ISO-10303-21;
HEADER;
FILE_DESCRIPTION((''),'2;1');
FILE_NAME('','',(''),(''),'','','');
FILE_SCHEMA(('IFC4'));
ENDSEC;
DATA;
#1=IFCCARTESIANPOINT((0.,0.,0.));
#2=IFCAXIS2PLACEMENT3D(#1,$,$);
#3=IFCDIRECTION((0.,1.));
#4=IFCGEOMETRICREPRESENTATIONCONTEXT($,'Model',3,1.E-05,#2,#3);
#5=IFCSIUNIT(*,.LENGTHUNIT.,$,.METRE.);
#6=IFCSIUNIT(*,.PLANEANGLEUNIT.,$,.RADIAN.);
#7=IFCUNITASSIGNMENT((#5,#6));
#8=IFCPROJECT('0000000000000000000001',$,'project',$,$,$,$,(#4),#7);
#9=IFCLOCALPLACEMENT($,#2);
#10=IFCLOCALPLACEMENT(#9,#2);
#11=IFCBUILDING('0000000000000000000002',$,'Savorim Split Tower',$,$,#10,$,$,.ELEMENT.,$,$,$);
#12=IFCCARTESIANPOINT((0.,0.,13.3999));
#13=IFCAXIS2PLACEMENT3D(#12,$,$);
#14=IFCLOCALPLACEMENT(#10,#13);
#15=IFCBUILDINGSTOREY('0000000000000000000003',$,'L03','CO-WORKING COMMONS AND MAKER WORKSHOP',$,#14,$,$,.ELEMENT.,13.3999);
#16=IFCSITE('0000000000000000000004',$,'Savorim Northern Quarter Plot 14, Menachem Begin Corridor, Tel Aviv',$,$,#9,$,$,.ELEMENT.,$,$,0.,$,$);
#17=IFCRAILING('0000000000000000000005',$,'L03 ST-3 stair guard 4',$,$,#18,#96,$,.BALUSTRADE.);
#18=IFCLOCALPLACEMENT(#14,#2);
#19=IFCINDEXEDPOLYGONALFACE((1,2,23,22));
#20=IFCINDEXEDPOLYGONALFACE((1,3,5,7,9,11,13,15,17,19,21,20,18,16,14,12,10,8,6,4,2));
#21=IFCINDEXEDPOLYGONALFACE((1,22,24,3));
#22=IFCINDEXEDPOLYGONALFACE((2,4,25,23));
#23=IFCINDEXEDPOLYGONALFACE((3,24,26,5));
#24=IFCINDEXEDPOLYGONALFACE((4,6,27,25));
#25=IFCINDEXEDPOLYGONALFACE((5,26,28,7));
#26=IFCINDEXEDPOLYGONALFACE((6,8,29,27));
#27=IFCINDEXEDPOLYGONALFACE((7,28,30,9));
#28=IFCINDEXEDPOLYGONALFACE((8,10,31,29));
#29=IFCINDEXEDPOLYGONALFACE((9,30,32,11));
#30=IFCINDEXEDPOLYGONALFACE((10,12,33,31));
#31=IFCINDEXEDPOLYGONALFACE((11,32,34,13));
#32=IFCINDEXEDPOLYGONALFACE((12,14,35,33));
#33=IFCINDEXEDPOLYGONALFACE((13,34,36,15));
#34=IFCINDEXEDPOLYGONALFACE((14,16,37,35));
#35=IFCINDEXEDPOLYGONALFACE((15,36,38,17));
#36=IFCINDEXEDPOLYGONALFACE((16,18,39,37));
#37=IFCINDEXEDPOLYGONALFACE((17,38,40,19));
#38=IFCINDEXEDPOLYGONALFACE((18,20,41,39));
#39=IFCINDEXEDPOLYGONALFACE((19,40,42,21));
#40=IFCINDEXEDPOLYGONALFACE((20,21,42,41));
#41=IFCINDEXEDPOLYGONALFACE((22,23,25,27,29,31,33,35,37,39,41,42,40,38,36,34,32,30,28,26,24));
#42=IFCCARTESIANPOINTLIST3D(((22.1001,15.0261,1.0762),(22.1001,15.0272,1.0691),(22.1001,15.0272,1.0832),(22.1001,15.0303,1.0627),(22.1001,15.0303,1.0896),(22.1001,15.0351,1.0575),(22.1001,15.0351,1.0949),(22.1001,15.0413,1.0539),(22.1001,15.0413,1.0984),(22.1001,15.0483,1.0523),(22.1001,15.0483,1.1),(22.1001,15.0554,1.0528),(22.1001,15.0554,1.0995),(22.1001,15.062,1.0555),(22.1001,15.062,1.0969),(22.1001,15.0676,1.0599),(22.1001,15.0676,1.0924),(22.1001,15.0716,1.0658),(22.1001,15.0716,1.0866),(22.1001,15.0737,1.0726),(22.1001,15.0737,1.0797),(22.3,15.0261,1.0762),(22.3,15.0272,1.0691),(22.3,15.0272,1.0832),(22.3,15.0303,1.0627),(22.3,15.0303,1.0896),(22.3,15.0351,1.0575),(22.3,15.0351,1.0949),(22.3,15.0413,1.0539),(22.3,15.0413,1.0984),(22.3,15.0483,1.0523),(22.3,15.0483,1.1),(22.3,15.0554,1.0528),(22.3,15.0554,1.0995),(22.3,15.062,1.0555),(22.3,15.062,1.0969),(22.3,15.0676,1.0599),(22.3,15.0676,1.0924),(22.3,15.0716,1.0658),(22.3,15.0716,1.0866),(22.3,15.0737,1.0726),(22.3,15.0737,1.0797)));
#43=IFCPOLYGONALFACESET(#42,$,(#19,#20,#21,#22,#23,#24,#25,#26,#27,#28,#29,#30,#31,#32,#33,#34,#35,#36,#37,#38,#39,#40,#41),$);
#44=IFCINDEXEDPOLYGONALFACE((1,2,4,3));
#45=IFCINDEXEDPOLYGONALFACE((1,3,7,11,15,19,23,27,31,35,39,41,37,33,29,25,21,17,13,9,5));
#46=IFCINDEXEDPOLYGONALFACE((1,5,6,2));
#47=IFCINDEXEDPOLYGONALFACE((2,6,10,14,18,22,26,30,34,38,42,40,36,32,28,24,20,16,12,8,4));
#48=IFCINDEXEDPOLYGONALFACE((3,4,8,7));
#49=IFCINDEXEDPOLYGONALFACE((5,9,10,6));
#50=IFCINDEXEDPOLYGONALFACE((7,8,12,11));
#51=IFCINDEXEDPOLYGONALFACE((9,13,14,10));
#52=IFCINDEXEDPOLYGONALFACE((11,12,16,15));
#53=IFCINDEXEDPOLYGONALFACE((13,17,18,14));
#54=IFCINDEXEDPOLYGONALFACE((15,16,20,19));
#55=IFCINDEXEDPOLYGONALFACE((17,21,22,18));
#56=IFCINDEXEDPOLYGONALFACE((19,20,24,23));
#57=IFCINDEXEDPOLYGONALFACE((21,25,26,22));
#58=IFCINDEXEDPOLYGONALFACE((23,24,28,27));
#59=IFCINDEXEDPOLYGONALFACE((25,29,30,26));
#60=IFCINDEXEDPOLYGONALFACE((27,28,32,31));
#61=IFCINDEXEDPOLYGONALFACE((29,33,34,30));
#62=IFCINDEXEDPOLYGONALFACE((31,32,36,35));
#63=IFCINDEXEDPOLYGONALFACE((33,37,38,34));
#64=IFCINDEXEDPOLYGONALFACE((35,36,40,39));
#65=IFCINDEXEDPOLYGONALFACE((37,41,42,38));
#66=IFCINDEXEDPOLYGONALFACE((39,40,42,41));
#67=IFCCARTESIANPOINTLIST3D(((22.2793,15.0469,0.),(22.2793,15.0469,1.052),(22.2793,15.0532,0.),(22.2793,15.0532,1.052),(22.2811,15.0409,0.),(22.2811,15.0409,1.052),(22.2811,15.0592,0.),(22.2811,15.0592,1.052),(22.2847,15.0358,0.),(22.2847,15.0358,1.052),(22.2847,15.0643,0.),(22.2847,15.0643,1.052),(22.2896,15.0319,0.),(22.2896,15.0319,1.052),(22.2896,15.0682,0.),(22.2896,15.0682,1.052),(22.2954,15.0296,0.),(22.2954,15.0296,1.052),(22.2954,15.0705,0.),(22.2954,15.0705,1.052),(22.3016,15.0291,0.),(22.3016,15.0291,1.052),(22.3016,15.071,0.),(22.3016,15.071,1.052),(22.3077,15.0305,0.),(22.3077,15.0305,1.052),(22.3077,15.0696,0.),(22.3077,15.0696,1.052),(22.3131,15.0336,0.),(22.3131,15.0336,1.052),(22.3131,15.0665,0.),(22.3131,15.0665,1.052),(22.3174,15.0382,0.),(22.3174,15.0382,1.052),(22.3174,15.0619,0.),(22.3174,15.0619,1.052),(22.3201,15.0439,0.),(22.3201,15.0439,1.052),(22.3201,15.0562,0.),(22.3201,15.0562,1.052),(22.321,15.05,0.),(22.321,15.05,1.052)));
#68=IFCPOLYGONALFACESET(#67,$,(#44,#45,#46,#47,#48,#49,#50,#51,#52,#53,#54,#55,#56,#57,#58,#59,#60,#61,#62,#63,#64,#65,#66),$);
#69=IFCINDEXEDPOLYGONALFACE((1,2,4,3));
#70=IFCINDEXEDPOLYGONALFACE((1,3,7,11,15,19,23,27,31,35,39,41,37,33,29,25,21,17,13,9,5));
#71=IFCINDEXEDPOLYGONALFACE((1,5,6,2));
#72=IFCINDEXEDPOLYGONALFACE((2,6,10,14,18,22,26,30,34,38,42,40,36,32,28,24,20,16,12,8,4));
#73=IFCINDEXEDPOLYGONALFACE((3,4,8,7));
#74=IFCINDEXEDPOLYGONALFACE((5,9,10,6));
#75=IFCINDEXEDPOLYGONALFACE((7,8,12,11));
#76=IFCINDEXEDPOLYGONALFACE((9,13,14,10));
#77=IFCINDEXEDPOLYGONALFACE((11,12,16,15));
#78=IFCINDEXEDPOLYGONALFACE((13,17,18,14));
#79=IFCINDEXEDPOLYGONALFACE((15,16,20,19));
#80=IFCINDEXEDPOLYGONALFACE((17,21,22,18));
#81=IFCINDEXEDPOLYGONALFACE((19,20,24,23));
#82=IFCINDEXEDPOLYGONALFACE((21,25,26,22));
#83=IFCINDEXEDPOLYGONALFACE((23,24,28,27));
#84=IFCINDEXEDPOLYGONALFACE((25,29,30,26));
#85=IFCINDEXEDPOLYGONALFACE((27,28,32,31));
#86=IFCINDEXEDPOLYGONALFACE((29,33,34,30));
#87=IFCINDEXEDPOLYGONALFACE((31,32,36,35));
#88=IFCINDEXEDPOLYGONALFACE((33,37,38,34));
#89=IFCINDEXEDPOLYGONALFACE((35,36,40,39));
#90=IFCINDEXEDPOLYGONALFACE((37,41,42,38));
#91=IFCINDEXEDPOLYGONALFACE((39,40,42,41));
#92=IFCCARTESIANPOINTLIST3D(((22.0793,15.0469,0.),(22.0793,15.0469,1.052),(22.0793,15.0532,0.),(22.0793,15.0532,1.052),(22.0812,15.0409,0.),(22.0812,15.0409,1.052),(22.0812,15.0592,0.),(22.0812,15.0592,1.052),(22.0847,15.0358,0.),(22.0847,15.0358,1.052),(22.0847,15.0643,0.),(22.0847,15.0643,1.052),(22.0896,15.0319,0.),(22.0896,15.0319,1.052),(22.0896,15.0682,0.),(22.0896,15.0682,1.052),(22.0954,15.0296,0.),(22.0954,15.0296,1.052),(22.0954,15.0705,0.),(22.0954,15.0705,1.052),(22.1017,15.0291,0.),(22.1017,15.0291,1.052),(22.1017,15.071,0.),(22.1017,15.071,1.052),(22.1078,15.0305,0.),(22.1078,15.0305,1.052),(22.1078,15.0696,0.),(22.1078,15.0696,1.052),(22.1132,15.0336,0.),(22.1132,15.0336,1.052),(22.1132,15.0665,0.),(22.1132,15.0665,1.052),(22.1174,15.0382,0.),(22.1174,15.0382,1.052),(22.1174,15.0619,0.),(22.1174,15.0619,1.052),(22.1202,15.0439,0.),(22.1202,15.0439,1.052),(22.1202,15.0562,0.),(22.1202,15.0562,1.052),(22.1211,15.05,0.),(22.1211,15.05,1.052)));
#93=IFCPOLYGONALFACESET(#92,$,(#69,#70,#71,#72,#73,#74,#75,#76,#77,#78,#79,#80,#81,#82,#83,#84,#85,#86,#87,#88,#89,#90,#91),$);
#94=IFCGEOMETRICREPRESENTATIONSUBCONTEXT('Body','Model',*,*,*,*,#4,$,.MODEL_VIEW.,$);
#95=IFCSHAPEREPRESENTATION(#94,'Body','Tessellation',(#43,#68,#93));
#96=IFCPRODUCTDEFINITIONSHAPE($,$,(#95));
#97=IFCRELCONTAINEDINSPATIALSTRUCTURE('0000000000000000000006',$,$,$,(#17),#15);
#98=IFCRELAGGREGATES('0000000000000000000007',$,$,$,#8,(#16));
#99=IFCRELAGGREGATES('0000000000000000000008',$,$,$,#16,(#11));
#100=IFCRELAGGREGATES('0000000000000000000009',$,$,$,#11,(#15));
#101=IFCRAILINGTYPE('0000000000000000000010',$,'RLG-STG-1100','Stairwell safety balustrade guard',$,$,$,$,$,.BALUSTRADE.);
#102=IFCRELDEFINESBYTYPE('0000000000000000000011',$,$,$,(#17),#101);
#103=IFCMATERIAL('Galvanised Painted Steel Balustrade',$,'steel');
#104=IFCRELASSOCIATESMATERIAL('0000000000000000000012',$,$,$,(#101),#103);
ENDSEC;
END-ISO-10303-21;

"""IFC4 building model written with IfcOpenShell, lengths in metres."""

from ifc_helpers import new_model, si_unit, direction, frame, origin, origin_2d, place, context, subcontext, project, spatial, circle, extrude, material, type_object, element, save


model = new_model("IFC4")

# Units and contexts
model_context = context("Model", 3, precision=1e-05, world=origin(), true_north=direction((0.0, 1.0)))
body_context = subcontext(model_context, "Body", "Model", "MODEL_VIEW")
ifc_project = project(units=[si_unit("LENGTHUNIT", "METRE"), si_unit("PLANEANGLEUNIT", "RADIAN")], contexts=[model_context])

# Site, building, storey
site_placement = place(None, origin())
site = spatial("IfcSite", under=ifc_project, at=site_placement, Name="Savorim Northern Quarter Plot 14, Menachem Begin Corridor, Tel Aviv", CompositionType="ELEMENT", RefElevation=0.0)
building_placement = place(site_placement, origin())
building = spatial("IfcBuilding", under=site, at=building_placement, Name="Savorim Split Tower", CompositionType="ELEMENT")
storey_placement = place(building_placement, frame((0.0, 0.0, 13.3999)))
storey = spatial("IfcBuildingStorey", under=building, at=storey_placement, Name="L03", Description="CO-WORKING COMMONS AND MAKER WORKSHOP", CompositionType="ELEMENT", Elevation=13.3999)

# Railing
ifc_material_1 = material(Name="Galvanised Painted Steel Balustrade", Category="steel")
railing_type_1 = type_object("IfcRailingType", Name="RLG-STG-1100", Description="Stairwell safety balustrade guard", PredefinedType="BALUSTRADE", material=ifc_material_1)
railing_1_placement = place(storey_placement, frame((22.3, 15.05, 0.0)))
element("IfcRailing", 1, at=railing_1_placement, inside=storey, type_object=railing_type_1, Name="L03 ST-3 stair guard 4", PredefinedType="BALUSTRADE", context=body_context, shape_type="SweptSolid", body=[
    extrude(circle(Radius=0.0239, at=origin_2d()), frame((0.0, 0.0, 1.0762), z_axis=(-1.0, 0.0, 0.0), x_axis=(0.0, -1.0, 0.0)), (0.0, 0.0, 1.0), 0.2),
    extrude(circle(Radius=0.021, at=origin_2d()), origin(), (0.0, 0.0, 1.0), 1.052),
    extrude(circle(Radius=0.021, at=origin_2d()), frame((-0.2, 0.0, 0.0)), (0.0, 0.0, 1.0), 1.052),
])

save(model, "model.ifc")
